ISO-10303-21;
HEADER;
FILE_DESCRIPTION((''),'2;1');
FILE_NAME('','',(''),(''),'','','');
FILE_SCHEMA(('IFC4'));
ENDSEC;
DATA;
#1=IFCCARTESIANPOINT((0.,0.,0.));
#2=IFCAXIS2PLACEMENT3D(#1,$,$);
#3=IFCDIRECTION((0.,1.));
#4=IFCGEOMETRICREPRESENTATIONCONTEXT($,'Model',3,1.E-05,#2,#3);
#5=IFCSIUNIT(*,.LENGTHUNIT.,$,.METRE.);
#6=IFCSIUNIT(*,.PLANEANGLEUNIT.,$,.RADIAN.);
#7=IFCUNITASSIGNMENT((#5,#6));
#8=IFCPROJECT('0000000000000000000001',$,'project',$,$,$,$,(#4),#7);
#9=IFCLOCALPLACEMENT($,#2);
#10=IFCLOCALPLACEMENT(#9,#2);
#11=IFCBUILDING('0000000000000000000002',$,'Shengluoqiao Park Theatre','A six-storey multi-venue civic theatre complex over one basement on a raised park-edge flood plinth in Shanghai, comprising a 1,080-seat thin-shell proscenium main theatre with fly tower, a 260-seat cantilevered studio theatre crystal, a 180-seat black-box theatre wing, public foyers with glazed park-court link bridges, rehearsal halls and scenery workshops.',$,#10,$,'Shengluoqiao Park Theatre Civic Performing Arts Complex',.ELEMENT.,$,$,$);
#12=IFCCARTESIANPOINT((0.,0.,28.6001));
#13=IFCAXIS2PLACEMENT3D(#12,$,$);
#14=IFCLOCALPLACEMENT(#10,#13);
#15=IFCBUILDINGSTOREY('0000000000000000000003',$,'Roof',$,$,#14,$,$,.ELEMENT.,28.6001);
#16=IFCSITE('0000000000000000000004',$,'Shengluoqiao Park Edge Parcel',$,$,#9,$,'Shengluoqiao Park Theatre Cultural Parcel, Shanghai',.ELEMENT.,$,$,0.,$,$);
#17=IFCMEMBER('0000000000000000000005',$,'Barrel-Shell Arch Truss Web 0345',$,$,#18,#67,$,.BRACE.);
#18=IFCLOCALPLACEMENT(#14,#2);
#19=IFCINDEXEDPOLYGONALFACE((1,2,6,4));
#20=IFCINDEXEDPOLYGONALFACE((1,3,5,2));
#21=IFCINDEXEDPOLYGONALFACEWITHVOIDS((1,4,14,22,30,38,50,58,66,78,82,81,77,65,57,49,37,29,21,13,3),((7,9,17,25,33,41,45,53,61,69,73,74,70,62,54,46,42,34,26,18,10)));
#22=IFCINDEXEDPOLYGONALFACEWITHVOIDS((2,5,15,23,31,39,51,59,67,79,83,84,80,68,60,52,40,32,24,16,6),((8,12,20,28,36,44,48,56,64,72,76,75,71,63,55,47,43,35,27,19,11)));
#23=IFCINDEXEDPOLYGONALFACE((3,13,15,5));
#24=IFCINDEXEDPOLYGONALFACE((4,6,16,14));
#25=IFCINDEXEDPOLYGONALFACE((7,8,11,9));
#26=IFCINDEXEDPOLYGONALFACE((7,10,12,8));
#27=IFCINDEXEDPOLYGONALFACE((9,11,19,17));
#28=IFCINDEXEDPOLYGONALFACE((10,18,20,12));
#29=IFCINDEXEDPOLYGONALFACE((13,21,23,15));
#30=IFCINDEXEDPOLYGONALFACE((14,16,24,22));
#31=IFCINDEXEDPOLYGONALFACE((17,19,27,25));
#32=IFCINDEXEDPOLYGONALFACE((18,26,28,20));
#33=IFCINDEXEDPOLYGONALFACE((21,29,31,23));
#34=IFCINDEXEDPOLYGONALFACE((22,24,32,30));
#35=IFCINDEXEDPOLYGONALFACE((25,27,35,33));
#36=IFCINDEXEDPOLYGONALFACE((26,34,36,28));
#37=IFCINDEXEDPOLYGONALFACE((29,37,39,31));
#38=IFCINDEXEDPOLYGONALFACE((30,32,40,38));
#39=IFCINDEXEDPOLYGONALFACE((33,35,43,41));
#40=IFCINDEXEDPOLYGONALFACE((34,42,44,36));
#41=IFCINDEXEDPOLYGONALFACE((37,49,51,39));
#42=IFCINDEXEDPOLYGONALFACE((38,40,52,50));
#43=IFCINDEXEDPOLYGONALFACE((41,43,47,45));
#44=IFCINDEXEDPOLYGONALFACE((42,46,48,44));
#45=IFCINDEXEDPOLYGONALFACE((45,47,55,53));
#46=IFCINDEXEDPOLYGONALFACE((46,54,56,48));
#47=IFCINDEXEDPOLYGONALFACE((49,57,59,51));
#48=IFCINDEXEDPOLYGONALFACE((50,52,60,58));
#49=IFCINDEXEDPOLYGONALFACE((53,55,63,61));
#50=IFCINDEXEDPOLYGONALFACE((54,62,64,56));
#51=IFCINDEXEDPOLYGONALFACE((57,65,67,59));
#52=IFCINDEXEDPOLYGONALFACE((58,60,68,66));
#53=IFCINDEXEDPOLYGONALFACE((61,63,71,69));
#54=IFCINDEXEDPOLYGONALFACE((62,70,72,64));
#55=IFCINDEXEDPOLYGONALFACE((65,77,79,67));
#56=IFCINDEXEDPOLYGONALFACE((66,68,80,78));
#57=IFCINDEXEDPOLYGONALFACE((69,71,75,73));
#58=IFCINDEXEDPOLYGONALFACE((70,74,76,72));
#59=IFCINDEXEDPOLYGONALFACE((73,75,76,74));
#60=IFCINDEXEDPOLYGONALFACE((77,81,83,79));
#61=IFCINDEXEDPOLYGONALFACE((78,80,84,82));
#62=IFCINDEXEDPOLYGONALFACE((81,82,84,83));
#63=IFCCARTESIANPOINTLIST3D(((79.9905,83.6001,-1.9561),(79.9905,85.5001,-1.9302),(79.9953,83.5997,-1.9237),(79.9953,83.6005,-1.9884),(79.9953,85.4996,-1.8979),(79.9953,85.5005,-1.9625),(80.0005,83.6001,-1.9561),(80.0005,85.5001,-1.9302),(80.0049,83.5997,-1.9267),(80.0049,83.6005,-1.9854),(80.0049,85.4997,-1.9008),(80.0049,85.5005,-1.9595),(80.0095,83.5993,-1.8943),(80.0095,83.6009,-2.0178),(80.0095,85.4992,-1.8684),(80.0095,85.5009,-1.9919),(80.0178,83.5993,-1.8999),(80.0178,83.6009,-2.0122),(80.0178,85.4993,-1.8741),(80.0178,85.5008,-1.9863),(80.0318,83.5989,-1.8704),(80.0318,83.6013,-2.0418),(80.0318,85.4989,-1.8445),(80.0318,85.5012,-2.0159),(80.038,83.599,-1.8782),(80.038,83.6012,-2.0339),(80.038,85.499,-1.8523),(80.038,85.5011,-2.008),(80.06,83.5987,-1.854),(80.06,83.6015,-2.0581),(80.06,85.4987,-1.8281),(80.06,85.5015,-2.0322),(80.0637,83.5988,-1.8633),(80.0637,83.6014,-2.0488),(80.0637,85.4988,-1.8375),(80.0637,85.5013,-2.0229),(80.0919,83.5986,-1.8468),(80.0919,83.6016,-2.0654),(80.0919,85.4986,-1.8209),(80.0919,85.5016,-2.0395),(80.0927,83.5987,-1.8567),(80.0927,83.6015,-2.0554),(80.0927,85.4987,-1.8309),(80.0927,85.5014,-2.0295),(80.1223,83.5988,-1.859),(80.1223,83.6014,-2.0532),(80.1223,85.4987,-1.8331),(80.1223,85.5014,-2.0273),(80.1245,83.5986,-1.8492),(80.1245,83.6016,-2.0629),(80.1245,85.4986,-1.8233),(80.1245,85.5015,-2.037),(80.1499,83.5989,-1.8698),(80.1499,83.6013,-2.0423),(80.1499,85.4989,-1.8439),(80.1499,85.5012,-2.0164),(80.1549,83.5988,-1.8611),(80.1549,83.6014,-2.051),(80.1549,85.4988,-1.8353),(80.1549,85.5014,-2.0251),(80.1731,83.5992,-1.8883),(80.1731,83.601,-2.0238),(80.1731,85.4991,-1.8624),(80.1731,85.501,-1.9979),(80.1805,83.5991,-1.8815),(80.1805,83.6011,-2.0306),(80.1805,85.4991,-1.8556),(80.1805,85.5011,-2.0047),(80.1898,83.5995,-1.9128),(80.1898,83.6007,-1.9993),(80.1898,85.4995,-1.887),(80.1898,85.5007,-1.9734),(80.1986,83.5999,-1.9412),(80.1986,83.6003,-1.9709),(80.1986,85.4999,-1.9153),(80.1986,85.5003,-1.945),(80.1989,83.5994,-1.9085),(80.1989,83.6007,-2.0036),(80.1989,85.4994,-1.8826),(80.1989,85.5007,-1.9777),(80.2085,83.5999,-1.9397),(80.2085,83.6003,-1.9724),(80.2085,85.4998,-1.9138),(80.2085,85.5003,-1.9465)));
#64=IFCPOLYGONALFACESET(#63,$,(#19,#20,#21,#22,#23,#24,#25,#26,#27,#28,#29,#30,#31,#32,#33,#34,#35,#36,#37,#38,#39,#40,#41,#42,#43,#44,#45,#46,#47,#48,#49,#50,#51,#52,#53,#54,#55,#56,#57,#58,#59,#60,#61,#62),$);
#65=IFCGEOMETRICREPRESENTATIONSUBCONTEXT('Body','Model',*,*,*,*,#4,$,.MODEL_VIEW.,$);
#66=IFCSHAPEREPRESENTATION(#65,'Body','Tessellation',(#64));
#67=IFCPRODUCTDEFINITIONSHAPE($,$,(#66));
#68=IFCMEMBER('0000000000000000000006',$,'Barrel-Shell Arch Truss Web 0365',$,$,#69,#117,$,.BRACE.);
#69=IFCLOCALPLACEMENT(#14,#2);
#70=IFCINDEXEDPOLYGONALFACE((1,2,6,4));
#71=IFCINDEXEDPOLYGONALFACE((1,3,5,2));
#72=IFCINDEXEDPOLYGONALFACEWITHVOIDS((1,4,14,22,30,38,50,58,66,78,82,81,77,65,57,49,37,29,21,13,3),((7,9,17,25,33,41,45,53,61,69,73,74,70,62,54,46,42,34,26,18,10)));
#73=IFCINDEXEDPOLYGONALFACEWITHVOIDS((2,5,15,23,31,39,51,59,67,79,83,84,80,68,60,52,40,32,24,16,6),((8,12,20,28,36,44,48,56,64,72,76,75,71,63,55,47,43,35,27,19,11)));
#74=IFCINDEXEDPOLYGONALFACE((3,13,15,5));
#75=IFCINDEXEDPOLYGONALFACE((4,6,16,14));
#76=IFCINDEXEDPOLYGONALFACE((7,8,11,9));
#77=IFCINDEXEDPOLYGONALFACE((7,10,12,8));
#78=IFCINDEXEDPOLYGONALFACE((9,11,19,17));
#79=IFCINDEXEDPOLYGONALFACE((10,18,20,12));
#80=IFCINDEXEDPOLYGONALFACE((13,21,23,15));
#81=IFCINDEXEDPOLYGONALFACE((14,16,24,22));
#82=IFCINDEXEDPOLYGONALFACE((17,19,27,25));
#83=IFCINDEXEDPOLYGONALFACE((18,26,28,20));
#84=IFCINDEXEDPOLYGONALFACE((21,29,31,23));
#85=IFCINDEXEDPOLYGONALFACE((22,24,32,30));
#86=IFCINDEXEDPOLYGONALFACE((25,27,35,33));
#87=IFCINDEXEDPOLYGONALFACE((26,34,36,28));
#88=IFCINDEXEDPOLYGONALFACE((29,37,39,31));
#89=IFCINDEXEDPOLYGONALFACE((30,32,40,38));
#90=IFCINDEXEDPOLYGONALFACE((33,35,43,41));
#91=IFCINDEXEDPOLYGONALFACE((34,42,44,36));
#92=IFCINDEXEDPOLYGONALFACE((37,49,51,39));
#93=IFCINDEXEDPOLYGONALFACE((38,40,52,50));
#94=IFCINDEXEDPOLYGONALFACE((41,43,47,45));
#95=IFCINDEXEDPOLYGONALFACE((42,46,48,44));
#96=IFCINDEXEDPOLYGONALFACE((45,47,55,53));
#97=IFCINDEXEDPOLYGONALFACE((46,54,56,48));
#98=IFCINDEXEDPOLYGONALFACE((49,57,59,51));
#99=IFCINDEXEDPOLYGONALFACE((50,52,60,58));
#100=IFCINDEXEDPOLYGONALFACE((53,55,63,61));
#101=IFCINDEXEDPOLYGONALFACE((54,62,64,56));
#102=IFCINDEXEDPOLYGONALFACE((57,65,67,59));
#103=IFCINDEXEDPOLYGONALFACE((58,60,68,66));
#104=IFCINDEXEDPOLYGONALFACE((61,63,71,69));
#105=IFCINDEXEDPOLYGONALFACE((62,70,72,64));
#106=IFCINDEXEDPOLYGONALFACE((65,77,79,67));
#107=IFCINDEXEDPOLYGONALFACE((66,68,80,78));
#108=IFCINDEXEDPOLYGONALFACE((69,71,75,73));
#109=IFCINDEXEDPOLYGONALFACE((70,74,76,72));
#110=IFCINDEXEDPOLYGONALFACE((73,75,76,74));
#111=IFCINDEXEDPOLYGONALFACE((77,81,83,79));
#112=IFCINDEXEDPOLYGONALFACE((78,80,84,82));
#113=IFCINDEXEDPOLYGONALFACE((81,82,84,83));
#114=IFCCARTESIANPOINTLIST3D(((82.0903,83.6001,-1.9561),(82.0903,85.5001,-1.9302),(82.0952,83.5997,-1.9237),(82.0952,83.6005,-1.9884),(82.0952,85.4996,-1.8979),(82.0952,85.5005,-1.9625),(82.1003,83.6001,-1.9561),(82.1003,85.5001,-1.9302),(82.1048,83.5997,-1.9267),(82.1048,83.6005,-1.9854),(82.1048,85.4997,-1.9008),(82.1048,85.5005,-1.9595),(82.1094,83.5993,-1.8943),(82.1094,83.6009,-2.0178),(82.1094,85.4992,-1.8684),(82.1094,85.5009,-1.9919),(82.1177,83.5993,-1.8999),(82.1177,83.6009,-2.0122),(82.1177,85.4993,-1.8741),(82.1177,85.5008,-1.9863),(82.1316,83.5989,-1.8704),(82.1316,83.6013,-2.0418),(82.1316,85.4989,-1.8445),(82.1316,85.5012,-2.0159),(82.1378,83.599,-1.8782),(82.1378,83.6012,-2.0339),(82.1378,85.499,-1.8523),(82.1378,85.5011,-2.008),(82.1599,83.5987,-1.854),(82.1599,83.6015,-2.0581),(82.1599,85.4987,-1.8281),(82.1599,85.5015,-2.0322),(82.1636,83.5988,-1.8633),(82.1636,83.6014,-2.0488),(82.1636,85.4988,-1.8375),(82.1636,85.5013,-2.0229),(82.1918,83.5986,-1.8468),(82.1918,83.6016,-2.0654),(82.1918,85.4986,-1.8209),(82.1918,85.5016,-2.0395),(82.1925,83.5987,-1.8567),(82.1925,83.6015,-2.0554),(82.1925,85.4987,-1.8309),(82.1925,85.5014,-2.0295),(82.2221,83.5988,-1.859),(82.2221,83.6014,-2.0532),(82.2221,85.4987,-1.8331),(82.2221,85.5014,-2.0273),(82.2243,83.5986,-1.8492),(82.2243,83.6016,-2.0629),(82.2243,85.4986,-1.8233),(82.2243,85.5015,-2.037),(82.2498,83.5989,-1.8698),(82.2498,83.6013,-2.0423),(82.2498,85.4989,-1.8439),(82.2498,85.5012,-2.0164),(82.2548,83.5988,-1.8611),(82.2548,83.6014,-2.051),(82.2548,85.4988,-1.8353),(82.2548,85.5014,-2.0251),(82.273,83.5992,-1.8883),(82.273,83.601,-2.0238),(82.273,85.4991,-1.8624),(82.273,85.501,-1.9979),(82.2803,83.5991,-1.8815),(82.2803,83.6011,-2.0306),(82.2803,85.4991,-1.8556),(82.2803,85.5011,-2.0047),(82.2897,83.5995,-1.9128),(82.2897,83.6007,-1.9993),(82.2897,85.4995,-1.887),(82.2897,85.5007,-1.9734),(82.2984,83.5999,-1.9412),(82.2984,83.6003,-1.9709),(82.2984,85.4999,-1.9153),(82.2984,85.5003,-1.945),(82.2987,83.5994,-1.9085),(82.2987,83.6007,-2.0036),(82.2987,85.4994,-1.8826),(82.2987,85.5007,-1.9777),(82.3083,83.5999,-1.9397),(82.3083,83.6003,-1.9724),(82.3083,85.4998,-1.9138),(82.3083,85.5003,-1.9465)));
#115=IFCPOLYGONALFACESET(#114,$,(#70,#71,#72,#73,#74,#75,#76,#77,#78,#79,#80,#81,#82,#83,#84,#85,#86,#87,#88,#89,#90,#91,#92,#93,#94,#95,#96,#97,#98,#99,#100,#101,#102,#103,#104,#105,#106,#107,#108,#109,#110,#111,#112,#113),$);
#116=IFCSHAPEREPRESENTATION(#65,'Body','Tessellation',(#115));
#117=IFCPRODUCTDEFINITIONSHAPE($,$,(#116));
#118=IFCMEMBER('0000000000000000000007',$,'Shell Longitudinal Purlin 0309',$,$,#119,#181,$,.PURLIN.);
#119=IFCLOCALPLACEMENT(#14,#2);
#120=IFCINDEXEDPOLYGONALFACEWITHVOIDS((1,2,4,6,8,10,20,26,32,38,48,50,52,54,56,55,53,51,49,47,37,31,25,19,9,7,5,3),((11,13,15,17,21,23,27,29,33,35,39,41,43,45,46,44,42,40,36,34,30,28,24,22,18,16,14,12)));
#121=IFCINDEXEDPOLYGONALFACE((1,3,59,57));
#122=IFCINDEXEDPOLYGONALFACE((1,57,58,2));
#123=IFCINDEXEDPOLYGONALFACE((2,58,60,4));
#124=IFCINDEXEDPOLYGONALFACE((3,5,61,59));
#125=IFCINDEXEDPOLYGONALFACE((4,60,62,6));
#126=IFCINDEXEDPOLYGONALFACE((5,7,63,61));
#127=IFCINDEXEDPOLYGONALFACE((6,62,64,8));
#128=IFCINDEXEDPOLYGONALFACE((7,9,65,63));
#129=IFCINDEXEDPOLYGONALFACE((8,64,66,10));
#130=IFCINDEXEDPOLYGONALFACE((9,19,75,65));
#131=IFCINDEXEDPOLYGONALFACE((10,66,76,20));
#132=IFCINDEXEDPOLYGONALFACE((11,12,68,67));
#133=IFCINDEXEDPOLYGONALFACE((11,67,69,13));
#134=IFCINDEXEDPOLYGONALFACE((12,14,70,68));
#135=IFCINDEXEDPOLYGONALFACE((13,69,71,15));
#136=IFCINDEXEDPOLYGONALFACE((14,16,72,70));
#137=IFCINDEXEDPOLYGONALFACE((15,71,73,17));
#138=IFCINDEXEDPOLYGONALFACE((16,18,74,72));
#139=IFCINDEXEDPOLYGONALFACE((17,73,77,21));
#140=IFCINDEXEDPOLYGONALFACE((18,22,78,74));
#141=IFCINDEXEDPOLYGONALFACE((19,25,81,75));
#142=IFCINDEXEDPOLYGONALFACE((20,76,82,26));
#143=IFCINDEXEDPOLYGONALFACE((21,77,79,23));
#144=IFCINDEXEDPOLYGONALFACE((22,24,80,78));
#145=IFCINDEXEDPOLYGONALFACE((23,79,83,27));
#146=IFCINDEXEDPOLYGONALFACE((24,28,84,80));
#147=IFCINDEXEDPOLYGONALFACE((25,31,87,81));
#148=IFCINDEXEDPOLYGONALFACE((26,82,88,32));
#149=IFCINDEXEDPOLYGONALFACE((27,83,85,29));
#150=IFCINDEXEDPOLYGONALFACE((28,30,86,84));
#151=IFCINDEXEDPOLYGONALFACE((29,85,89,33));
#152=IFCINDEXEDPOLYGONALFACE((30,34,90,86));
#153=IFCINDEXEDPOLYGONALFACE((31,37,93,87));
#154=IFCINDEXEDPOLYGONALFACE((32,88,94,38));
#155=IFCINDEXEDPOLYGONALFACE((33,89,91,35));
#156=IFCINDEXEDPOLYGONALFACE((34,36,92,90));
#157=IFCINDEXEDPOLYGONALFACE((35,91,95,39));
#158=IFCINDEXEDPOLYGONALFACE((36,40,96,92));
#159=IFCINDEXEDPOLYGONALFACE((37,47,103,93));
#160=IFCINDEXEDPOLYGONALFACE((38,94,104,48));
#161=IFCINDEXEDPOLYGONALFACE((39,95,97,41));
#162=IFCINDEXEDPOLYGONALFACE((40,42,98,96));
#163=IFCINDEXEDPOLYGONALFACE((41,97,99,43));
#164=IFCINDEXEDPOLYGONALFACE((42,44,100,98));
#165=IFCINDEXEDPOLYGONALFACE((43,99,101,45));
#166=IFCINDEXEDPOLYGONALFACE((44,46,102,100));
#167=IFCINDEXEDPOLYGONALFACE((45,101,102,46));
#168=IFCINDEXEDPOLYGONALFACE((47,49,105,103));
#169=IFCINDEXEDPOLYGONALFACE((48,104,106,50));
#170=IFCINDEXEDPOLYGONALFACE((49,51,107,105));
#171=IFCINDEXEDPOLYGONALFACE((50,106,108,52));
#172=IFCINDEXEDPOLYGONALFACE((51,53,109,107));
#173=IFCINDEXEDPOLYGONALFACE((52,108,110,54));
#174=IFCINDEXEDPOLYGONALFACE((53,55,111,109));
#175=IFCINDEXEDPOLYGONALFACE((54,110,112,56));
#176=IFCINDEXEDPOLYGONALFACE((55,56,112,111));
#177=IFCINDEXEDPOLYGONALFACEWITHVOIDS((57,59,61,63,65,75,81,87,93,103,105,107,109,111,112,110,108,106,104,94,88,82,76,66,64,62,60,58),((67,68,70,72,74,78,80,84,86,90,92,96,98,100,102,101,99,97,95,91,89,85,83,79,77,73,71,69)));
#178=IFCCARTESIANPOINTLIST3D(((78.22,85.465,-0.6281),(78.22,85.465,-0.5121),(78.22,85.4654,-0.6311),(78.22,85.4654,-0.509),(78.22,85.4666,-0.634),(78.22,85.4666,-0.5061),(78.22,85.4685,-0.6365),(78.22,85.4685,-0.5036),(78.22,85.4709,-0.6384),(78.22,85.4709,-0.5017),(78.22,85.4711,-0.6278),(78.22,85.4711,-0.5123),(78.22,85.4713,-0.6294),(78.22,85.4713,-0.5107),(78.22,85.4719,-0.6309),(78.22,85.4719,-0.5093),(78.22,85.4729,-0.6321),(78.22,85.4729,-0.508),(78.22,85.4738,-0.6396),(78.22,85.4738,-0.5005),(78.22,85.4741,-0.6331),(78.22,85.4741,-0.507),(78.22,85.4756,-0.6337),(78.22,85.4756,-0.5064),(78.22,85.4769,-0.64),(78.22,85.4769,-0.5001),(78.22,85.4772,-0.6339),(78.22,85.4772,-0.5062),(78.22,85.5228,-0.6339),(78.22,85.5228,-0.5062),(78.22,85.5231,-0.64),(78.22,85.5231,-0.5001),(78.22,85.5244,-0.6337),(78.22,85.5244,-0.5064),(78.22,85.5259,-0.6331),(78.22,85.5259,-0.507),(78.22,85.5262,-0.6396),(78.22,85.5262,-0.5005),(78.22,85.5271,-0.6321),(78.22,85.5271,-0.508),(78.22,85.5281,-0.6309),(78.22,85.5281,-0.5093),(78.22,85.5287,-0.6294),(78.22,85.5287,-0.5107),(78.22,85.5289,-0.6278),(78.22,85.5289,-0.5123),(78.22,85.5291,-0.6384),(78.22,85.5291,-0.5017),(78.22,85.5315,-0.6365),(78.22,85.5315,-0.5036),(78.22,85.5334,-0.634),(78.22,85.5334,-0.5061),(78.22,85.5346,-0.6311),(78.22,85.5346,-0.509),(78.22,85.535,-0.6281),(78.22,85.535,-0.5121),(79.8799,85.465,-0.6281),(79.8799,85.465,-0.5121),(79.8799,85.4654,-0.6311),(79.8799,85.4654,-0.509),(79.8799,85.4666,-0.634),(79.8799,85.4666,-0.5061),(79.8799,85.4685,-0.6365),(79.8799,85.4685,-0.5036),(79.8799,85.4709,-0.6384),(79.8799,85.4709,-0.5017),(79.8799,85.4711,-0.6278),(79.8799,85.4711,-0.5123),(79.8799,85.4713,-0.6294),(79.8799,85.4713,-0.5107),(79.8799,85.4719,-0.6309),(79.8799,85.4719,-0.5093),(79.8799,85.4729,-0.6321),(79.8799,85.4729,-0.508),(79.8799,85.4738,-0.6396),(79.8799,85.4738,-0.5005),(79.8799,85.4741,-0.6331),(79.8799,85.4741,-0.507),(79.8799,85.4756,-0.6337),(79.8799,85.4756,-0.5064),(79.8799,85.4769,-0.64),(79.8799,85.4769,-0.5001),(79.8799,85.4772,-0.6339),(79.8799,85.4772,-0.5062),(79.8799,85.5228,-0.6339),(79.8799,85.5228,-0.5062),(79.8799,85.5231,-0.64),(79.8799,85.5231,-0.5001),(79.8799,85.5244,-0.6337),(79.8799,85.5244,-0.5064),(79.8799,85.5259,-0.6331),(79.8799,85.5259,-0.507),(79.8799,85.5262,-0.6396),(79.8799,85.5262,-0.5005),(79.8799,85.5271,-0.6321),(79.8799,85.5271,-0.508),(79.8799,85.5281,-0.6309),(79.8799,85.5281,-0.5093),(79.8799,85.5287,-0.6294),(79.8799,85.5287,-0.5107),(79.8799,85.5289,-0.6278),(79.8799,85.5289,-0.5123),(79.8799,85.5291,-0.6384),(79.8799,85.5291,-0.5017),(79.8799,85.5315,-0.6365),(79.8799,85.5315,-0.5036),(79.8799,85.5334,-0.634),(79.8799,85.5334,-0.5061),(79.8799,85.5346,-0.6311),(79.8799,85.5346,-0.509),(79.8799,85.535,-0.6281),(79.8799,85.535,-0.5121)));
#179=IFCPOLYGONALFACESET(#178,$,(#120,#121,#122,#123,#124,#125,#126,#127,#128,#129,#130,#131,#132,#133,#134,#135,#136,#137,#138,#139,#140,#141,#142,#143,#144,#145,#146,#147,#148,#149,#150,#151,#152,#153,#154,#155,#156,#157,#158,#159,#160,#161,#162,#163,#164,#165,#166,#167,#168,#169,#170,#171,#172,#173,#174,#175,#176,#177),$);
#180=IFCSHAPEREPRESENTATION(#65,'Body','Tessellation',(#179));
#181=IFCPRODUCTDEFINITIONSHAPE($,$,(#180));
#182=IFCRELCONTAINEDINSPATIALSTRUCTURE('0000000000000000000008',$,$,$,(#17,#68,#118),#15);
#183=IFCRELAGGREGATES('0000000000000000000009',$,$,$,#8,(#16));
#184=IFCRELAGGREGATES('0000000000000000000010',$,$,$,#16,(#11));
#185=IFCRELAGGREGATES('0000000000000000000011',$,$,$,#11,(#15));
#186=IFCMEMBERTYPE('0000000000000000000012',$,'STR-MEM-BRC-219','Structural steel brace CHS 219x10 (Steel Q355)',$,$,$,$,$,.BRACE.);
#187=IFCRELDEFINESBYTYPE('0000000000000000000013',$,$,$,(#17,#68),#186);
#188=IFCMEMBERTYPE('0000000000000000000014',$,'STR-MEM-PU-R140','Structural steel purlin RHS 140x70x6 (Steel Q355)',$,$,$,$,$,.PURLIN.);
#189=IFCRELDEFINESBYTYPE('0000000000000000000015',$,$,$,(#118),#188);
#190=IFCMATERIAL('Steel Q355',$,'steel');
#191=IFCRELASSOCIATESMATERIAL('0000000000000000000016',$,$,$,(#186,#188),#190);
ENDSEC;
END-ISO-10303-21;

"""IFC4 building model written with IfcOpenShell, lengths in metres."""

from ifc_helpers import new_model, si_unit, direction, frame, origin, origin_2d, place, context, subcontext, project, spatial, hollow_rectangle, hollow_circle, extrude, material, material_profile, profile_set, type_object, element, save


model = new_model("IFC4")

# Units and contexts
model_context = context("Model", 3, precision=1e-05, world=origin(), true_north=direction((0.0, 1.0)))
body_context = subcontext(model_context, "Body", "Model", "MODEL_VIEW")
ifc_project = project(units=[si_unit("LENGTHUNIT", "METRE"), si_unit("PLANEANGLEUNIT", "RADIAN")], contexts=[model_context])

# Site, building, storey
site_placement = place(None, origin())
site = spatial("IfcSite", under=ifc_project, at=site_placement, Name="Shengluoqiao Park Edge Parcel", LongName="Shengluoqiao Park Theatre Cultural Parcel, Shanghai", CompositionType="ELEMENT", RefElevation=0.0)
building_placement = place(site_placement, origin())
building = spatial("IfcBuilding", under=site, at=building_placement, Name="Shengluoqiao Park Theatre", Description="A six-storey multi-venue civic theatre complex over one basement on a raised park-edge flood plinth in Shanghai, comprising a 1,080-seat thin-shell proscenium main theatre with fly tower, a 260-seat cantilevered studio theatre crystal, a 180-seat black-box theatre wing, public foyers with glazed park-court link bridges, rehearsal halls and scenery workshops.", LongName="Shengluoqiao Park Theatre Civic Performing Arts Complex", CompositionType="ELEMENT")
storey_placement = place(building_placement, frame((0.0, 0.0, 28.6001)))
storey = spatial("IfcBuildingStorey", under=building, at=storey_placement, Name="Roof", CompositionType="ELEMENT", Elevation=28.6001)

# Shared definitions
ifc_material_1 = material(Name="Steel Q355", Category="steel")

# Members
ifc_material_profile_1 = material_profile(ifc_material_1, hollow_circle(Radius=0.1096, WallThickness=0.01, at=origin_2d()), Name="CHS 219x10")
ifc_profile_set_1 = profile_set([ifc_material_profile_1], Name="Steel Q355")
member_type_1 = type_object("IfcMemberType", Name="STR-MEM-BRC-219", Description="Structural steel brace CHS 219x10 (Steel Q355)", PredefinedType="BRACE", material=ifc_profile_set_1)
for number, where, z_axis, x_axis, name in (
    (1, (80.1001, 83.6001, -1.9561), (0.0, 0.999907, 0.01362), (-1.0, 0.0, 0.0), "Barrel-Shell Arch Truss Web 0345"),
    (2, (82.2, 83.6001, -1.9561), (0.0, 0.999907, 0.01362), (-1.0, 0.0, 0.0), "Barrel-Shell Arch Truss Web 0365"),
):
    element("IfcMember", number, at=place(storey_placement, frame(where, z_axis=z_axis, x_axis=x_axis)), inside=storey, type_object=member_type_1, Name=name, PredefinedType="BRACE", context=body_context, shape_type="SweptSolid", body=[
        extrude(hollow_circle(Radius=0.1096, WallThickness=0.01, at=origin_2d()), origin(), (0.0, 0.0, 1.0), 1.9001),
    ])
ifc_material_profile_2 = material_profile(ifc_material_1, hollow_rectangle(XDim=0.0701, YDim=0.1399, WallThickness=0.0061, InnerFilletRadius=0.0061, OuterFilletRadius=0.012, at=origin_2d()), Name="RHS 140x70x6")
ifc_profile_set_2 = profile_set([ifc_material_profile_2], Name="Steel Q355")
member_type_2 = type_object("IfcMemberType", Name="STR-MEM-PU-R140", Description="Structural steel purlin RHS 140x70x6 (Steel Q355)", PredefinedType="PURLIN", material=ifc_profile_set_2)
member_placement = place(storey_placement, frame((78.22, 85.5, -0.5701), z_axis=(1.0, 0.0, 0.0), x_axis=(0.0, 1.0, 0.0)))
element("IfcMember", 3, at=member_placement, inside=storey, type_object=member_type_2, Name="Shell Longitudinal Purlin 0309", PredefinedType="PURLIN", context=body_context, shape_type="SweptSolid", body=[
    extrude(hollow_rectangle(XDim=0.0701, YDim=0.1399, WallThickness=0.0061, InnerFilletRadius=0.0061, OuterFilletRadius=0.012, at=origin_2d()), origin(), (0.0, 0.0, 1.0), 1.6599),
])

save(model, "model.ifc")
